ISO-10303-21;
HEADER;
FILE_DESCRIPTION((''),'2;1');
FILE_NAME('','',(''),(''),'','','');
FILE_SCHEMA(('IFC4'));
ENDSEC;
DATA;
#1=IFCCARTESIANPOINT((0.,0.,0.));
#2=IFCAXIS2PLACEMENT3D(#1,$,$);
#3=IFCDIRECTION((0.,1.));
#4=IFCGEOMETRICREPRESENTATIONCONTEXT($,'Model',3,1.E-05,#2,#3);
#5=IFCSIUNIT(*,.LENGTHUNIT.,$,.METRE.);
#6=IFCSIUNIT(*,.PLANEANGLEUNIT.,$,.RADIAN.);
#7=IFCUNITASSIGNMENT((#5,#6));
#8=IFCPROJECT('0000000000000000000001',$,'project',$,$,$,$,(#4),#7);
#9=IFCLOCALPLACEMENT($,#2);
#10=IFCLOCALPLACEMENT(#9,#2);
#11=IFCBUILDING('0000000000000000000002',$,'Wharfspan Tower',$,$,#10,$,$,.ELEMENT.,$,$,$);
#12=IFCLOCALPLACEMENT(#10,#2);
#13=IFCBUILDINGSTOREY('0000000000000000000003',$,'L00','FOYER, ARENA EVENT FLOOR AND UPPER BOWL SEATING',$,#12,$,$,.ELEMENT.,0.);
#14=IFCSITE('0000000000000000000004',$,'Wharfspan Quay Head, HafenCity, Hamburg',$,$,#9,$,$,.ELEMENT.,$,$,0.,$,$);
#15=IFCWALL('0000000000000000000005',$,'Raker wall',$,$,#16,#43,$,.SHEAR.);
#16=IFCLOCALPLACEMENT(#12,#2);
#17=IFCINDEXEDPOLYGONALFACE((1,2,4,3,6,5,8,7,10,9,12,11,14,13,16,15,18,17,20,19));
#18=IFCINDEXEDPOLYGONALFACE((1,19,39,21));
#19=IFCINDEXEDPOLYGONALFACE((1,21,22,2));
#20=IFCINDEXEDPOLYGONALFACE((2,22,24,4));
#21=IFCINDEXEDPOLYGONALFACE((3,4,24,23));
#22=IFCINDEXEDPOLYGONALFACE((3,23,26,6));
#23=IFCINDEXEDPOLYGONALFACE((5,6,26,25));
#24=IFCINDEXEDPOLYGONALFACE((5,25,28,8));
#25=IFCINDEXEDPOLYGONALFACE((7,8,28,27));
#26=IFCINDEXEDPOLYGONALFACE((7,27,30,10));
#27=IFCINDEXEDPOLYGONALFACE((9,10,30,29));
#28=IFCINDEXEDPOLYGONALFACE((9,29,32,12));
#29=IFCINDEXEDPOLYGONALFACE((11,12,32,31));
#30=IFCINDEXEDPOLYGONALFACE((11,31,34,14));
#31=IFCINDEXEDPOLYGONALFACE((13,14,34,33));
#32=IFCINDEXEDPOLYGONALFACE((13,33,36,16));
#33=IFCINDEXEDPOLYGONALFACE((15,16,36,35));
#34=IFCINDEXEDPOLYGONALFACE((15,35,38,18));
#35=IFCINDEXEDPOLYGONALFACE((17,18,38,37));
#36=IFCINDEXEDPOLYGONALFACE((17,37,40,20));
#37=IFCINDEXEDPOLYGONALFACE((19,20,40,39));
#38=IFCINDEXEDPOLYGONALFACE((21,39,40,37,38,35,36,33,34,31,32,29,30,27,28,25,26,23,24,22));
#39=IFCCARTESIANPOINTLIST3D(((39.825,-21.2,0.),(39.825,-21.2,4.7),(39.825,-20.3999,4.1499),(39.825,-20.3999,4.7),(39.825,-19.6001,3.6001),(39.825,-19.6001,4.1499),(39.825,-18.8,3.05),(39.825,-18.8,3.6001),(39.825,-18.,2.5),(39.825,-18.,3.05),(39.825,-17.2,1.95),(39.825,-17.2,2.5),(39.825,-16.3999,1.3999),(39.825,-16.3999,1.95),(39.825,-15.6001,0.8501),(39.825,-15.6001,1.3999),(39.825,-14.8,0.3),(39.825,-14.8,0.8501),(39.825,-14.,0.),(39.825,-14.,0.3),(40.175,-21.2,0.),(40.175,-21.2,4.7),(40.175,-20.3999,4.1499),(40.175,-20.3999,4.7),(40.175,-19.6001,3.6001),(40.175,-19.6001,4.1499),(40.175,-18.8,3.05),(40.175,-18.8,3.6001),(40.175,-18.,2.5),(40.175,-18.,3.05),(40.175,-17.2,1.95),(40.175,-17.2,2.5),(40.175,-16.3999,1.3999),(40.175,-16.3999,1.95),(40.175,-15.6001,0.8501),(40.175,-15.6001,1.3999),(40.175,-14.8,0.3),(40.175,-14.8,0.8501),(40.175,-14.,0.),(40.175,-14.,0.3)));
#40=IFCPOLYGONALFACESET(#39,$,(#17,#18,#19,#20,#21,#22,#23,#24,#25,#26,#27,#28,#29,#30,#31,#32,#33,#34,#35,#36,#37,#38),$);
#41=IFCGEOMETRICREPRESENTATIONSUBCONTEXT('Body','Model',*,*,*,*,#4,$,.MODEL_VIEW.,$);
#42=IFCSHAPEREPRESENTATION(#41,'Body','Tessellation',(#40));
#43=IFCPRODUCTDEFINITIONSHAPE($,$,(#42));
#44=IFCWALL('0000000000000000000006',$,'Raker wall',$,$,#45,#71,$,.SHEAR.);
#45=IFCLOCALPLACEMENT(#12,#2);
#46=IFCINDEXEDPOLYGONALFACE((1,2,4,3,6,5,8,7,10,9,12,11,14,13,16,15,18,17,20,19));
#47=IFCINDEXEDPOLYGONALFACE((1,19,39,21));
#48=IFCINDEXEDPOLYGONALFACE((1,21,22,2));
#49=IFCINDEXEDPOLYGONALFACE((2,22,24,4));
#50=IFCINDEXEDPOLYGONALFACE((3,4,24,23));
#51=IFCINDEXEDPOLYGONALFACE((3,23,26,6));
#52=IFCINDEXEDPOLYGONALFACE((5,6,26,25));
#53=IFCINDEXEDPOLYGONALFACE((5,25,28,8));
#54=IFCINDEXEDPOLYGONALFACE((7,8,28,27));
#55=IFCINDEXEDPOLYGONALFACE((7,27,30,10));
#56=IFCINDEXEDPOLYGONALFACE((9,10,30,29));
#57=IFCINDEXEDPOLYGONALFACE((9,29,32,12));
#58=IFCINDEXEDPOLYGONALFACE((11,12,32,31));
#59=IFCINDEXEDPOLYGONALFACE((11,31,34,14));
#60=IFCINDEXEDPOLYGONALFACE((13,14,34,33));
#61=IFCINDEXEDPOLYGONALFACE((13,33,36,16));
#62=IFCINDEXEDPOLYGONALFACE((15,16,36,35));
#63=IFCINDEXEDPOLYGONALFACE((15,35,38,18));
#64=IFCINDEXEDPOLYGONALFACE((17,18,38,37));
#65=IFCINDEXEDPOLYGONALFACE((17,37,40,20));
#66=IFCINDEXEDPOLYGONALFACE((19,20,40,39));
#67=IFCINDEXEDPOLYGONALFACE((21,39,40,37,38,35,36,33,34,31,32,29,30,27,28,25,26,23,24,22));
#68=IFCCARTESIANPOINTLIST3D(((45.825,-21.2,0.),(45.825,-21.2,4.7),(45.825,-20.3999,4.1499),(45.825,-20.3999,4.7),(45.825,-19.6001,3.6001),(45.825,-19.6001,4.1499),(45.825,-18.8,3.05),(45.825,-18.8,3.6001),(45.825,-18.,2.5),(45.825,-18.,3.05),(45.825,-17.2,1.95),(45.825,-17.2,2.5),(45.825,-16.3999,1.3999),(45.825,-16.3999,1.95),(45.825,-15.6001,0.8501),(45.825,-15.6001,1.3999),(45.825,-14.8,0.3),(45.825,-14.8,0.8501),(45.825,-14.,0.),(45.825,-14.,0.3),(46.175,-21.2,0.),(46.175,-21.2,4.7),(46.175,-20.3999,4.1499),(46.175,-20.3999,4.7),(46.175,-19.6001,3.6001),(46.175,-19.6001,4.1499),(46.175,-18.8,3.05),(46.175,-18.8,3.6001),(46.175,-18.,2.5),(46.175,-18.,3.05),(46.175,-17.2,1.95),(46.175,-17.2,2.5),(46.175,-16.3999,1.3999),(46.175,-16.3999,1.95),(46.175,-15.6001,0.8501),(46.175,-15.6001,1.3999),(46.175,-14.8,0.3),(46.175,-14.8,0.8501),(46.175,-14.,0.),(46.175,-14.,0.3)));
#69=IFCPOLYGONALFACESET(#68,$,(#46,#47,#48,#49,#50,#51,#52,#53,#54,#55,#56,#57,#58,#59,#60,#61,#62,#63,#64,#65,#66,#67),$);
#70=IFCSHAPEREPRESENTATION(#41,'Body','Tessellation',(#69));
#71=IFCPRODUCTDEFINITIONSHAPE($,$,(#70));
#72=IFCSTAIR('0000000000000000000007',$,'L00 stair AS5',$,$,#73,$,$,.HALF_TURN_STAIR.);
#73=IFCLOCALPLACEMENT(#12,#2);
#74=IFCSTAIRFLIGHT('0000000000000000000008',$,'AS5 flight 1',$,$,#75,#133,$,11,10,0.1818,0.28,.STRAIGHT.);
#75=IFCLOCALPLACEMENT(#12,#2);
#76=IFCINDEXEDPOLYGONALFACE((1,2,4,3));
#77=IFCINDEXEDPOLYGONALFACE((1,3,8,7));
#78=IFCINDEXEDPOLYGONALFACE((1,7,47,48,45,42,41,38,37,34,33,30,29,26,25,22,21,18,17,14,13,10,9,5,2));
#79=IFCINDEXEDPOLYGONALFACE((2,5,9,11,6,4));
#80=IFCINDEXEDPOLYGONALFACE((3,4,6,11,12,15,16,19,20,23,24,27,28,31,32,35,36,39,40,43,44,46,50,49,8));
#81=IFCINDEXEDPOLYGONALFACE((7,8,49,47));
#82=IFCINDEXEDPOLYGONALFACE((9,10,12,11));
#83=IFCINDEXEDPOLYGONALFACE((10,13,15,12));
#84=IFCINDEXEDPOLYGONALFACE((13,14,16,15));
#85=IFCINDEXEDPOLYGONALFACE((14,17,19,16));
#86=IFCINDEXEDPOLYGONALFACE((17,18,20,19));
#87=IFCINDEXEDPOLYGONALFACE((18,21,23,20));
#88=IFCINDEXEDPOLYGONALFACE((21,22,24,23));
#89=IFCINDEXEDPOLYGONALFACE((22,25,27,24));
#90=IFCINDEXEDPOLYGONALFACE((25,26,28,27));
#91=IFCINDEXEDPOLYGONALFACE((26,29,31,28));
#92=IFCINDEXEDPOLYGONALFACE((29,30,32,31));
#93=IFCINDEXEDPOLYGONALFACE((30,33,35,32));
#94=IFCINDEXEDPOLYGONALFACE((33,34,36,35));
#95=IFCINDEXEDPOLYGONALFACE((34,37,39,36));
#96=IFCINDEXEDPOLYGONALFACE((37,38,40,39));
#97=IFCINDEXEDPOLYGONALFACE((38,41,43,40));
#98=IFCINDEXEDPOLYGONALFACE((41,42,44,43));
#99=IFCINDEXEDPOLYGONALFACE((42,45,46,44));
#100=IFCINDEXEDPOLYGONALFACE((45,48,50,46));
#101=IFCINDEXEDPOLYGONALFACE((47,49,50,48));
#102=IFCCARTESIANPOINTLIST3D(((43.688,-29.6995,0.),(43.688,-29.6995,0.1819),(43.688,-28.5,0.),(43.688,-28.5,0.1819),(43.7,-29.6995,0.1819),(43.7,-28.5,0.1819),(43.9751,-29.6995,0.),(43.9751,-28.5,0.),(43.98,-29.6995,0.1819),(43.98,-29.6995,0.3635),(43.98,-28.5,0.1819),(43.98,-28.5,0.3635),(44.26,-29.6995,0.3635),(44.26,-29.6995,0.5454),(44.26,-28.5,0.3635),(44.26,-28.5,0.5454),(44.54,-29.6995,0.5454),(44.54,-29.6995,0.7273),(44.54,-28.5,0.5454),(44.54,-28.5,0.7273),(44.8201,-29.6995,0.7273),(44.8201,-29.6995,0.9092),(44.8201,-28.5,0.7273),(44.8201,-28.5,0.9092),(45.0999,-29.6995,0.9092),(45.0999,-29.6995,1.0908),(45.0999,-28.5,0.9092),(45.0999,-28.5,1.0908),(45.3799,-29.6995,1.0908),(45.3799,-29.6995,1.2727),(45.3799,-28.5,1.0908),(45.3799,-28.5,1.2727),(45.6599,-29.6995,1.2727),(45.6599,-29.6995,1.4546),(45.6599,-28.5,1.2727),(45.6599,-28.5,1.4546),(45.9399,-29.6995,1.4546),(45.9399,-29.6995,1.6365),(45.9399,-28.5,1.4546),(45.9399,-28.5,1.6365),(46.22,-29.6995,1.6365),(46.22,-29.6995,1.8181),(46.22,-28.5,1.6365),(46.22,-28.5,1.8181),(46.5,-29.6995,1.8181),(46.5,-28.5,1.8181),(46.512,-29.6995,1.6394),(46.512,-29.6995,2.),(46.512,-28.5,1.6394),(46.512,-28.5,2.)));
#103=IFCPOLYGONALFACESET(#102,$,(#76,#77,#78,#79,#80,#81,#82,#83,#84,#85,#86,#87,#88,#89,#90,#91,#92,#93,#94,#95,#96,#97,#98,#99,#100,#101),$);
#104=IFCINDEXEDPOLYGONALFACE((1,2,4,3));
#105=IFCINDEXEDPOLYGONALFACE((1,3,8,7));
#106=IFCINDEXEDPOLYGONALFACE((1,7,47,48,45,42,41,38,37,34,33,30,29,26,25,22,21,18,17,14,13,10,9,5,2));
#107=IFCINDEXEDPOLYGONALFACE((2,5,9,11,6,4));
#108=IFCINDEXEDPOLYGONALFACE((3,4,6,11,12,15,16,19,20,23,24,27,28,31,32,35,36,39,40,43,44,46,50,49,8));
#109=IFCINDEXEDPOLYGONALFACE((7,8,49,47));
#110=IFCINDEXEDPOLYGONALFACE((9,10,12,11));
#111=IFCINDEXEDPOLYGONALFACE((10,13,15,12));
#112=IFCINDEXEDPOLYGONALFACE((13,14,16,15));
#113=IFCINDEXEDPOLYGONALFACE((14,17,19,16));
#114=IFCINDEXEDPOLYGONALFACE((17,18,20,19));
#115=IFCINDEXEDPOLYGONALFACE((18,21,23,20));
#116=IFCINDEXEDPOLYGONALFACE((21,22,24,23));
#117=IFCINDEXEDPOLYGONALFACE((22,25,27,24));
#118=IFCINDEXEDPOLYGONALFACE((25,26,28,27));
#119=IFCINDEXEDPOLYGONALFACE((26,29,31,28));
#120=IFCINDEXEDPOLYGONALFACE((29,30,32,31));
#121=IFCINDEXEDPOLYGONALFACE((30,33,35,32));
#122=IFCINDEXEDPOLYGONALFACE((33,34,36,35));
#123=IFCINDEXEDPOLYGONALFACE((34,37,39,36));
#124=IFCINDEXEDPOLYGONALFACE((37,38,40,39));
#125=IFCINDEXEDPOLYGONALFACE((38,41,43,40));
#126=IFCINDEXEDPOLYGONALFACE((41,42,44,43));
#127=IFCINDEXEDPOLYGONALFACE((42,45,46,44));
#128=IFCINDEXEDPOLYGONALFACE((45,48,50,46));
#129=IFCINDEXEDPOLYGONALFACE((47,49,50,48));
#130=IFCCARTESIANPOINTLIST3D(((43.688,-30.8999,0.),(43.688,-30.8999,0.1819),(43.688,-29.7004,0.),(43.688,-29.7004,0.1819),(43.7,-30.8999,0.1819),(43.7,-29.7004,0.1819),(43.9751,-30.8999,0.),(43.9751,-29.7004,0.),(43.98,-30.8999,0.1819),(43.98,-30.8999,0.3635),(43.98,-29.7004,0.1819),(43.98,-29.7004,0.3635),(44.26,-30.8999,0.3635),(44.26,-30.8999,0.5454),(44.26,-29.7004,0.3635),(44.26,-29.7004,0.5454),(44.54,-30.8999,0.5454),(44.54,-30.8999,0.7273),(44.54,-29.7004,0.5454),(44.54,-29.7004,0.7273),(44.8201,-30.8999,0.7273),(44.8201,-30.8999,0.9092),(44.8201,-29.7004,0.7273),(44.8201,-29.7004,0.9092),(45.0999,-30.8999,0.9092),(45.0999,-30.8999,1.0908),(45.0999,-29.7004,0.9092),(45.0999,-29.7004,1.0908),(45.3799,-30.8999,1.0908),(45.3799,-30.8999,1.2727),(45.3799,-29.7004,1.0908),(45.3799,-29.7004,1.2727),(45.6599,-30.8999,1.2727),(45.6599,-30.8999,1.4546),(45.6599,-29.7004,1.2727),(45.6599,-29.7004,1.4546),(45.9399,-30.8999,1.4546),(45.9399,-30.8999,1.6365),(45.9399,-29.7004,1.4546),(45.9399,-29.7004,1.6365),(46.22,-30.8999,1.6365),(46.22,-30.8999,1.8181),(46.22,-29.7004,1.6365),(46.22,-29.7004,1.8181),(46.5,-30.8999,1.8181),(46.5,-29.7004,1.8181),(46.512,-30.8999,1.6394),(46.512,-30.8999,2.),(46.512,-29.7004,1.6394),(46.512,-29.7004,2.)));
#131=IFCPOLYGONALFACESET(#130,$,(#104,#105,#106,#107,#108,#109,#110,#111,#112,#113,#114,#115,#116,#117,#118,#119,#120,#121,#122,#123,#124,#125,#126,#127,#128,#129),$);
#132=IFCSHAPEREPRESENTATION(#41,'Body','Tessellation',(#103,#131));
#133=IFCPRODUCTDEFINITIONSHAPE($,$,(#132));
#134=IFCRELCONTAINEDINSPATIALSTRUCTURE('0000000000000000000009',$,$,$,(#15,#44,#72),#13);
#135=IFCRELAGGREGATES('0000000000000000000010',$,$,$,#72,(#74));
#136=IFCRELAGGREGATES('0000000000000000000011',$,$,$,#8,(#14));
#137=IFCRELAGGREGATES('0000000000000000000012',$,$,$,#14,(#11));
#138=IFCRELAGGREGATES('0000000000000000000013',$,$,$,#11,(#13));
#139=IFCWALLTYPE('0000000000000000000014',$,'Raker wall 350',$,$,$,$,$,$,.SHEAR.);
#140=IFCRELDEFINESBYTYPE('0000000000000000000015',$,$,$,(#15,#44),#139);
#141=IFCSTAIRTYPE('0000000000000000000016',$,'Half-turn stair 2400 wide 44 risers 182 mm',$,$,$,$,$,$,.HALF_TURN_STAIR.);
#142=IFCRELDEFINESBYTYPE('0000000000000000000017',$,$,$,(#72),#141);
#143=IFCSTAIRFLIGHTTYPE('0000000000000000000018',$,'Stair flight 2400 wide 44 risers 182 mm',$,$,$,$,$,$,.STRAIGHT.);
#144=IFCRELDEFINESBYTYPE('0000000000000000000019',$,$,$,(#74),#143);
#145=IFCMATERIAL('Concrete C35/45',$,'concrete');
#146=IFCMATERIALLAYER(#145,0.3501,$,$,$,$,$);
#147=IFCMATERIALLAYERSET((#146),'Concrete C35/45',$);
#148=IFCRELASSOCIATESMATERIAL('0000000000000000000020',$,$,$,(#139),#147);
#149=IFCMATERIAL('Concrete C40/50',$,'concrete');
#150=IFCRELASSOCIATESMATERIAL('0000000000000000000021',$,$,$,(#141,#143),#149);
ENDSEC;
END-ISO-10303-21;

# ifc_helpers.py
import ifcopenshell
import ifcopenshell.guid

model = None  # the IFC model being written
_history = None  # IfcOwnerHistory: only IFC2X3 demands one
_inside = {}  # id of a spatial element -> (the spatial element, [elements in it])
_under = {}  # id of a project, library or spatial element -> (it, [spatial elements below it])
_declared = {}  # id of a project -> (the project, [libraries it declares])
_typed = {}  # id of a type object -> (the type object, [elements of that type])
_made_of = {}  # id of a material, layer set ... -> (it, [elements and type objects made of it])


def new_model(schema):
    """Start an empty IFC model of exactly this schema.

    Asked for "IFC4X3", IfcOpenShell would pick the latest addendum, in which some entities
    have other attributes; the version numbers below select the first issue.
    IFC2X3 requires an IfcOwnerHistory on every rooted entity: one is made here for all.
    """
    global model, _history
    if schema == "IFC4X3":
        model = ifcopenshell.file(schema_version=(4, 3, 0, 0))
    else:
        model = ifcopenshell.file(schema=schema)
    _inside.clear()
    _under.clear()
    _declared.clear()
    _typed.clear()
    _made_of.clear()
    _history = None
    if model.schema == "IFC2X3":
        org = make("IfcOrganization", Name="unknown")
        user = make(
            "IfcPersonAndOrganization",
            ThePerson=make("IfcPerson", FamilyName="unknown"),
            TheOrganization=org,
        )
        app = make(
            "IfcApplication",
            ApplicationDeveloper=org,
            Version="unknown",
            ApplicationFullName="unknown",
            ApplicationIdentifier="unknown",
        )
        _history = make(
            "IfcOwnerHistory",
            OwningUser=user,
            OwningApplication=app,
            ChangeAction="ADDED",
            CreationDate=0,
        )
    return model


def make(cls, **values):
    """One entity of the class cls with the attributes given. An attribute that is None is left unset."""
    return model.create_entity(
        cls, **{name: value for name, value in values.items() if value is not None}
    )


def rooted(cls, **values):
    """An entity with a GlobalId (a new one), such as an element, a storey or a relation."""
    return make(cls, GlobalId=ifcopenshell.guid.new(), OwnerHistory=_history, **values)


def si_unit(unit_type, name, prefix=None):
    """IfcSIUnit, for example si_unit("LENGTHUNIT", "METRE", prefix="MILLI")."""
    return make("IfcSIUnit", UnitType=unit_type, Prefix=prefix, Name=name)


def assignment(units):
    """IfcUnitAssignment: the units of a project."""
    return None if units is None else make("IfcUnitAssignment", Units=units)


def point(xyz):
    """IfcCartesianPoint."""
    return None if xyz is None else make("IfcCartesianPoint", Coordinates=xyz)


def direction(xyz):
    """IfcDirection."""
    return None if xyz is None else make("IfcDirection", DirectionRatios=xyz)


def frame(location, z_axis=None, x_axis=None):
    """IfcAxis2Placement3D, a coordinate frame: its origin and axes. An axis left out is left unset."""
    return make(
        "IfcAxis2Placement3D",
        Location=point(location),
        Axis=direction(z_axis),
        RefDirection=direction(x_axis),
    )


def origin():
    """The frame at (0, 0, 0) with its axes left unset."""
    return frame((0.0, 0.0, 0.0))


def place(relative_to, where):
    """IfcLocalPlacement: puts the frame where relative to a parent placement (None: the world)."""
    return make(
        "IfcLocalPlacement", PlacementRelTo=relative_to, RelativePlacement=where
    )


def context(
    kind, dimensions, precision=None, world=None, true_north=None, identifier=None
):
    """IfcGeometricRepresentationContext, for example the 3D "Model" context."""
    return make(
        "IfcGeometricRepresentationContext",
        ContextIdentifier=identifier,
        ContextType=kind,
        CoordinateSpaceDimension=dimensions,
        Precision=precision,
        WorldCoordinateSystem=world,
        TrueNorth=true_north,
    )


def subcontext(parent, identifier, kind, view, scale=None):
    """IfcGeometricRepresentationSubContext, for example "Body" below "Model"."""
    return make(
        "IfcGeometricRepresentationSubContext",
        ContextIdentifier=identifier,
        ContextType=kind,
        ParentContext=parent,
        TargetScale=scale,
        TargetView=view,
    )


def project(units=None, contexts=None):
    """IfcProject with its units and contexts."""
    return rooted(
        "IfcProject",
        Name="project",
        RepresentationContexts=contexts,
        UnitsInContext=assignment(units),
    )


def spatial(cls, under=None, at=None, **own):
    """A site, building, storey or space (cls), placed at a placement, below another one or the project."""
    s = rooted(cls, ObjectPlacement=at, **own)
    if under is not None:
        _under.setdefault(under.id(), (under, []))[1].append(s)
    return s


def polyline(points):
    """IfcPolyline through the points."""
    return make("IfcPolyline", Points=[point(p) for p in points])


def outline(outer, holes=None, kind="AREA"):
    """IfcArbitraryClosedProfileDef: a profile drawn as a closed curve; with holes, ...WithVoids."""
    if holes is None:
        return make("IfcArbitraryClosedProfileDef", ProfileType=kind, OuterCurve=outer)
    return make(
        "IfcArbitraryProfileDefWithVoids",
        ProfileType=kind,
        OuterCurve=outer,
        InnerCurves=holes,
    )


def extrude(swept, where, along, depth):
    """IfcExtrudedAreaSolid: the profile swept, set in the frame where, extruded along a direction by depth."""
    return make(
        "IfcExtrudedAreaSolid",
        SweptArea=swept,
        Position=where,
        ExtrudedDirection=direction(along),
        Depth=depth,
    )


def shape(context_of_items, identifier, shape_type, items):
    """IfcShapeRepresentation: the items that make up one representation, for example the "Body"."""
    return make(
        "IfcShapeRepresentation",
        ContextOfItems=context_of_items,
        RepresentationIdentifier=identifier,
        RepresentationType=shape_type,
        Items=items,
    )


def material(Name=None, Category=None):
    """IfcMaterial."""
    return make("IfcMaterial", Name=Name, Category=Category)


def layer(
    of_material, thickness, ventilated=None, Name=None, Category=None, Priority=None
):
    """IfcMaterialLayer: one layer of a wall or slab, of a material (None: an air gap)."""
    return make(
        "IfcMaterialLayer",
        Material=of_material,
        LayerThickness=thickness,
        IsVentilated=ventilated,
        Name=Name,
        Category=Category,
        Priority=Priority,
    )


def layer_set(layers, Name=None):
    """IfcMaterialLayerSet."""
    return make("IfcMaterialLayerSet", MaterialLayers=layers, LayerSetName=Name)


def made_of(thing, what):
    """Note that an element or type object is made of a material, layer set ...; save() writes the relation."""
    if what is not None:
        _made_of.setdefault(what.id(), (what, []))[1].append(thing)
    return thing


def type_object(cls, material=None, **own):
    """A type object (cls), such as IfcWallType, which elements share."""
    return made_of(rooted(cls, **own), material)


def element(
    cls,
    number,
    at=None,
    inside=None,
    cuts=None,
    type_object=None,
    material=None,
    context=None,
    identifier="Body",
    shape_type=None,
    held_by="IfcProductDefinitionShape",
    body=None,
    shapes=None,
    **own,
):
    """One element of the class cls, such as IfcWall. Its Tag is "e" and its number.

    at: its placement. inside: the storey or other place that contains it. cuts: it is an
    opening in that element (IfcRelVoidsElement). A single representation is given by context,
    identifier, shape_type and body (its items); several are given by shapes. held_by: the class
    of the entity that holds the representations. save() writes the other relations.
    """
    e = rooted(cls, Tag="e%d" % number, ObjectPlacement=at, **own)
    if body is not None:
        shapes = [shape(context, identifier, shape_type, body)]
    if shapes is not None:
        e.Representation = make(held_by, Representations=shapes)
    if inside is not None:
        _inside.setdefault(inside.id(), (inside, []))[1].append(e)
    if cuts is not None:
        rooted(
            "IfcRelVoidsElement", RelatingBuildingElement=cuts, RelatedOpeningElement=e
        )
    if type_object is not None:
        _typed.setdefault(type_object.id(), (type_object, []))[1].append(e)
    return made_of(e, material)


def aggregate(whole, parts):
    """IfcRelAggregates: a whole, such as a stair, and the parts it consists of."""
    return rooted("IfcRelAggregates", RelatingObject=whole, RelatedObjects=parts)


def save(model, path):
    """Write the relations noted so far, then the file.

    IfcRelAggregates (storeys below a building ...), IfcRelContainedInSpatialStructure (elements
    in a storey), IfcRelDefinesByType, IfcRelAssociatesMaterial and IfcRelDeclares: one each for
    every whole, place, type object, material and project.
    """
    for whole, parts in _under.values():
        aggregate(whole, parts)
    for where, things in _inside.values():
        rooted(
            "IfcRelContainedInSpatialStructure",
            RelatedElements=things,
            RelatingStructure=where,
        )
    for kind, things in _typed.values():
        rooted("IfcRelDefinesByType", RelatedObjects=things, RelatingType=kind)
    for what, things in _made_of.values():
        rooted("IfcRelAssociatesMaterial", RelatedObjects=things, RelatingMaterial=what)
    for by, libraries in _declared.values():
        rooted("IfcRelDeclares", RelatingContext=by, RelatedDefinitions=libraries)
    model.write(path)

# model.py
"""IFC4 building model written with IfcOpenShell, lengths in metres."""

from ifc_helpers import new_model, si_unit, direction, frame, origin, place, context, subcontext, project, spatial, polyline, outline, extrude, material, layer, layer_set, type_object, element, aggregate, save


model = new_model("IFC4")

# Units and contexts
model_context = context("Model", 3, precision=1e-05, world=origin(), true_north=direction((0.0, 1.0)))
body_context = subcontext(model_context, "Body", "Model", "MODEL_VIEW")
ifc_project = project(units=[si_unit("LENGTHUNIT", "METRE"), si_unit("PLANEANGLEUNIT", "RADIAN")], contexts=[model_context])

# Site, building, storey
site_placement = place(None, origin())
site = spatial("IfcSite", under=ifc_project, at=site_placement, Name="Wharfspan Quay Head, HafenCity, Hamburg", CompositionType="ELEMENT", RefElevation=0.0)
building_placement = place(site_placement, origin())
building = spatial("IfcBuilding", under=site, at=building_placement, Name="Wharfspan Tower", CompositionType="ELEMENT")
storey_placement = place(building_placement, origin())
storey = spatial("IfcBuildingStorey", under=building, at=storey_placement, Name="L00", Description="FOYER, ARENA EVENT FLOOR AND UPPER BOWL SEATING", CompositionType="ELEMENT", Elevation=0.0)

# Walls
ifc_material_1 = material(Name="Concrete C40/50", Category="concrete")
ifc_material_2 = material(Name="Concrete C35/45", Category="concrete")
ifc_layer_1 = layer(ifc_material_2, 0.3501)
ifc_layer_set_1 = layer_set([ifc_layer_1], Name="Concrete C35/45")
wall_type_1 = type_object("IfcWallType", Name="Raker wall 350", PredefinedType="SHEAR", material=ifc_layer_set_1)
for number, where, z_axis, x_axis, name in (
    (1, (40.0, -14.0, 0.0), (0.0, 0.0, 1.0), (0.0, -1.0, 0.0), "Raker wall"),
    (2, (46.0, -14.0, 0.0), (0.0, 0.0, 1.0), (0.0, -1.0, 0.0), "Raker wall"),
):
    element("IfcWall", number, at=place(storey_placement, frame(where, z_axis=z_axis, x_axis=x_axis)), inside=storey, type_object=wall_type_1, Name=name, PredefinedType="SHEAR", context=body_context, shape_type="SweptSolid", body=[
        extrude(outline(polyline([(0.0, 0.0), (7.2, 0.0), (7.2, 4.7), (6.3999, 4.7), (6.3999, 4.1499), (5.6001, 4.1499), (5.6001, 3.6001), (4.8, 3.6001), (4.8, 3.05), (4.0, 3.05), (4.0, 2.5), (3.2, 2.5), (3.2, 1.95), (2.3999, 1.95), (2.3999, 1.3999), (1.6001, 1.3999), (1.6001, 0.8501), (0.8, 0.8501), (0.8, 0.3), (0.0, 0.3), (0.0, 0.0)])), frame((0.0, 0.175, 0.0), z_axis=(0.0, -1.0, 0.0), x_axis=(1.0, 0.0, 0.0)), (0.0, 0.0, 1.0), 0.3501),
    ])

# Stair, stair flight
stair_type = type_object("IfcStairType", Name="Half-turn stair 2400 wide 44 risers 182 mm", PredefinedType="HALF_TURN_STAIR", material=ifc_material_1)
stair_placement = place(storey_placement, origin())
stair = element("IfcStair", 3, at=stair_placement, inside=storey, type_object=stair_type, Name="L00 stair AS5", PredefinedType="HALF_TURN_STAIR")
stair_flight_type = type_object("IfcStairFlightType", Name="Stair flight 2400 wide 44 risers 182 mm", PredefinedType="STRAIGHT", material=ifc_material_1)
stair_flight_1_placement = place(storey_placement, frame((43.7, -29.7, 0.0), z_axis=(0.0, 0.0, 1.0), x_axis=(1.0, 0.0, 0.0)))
stair_flight_1 = element("IfcStairFlight", 4, at=stair_flight_1_placement, type_object=stair_flight_type, Name="AS5 flight 1", NumberOfRisers=11, NumberOfTreads=10, PredefinedType="STRAIGHT", RiserHeight=0.1818, TreadLength=0.28, context=body_context, shape_type="SweptSolid", body=[
    extrude(outline(polyline([(-0.012, 0.0), (-0.012, 0.1819), (0.0, 0.1819), (0.28, 0.1819), (0.28, 0.3635), (0.5601, 0.3635), (0.5601, 0.5454), (0.8401, 0.5454), (0.8401, 0.7273), (1.1201, 0.7273), (1.1201, 0.9092), (1.3999, 0.9092), (1.3999, 1.0908), (1.6799, 1.0908), (1.6799, 1.2727), (1.96, 1.2727), (1.96, 1.4546), (2.24, 1.4546), (2.24, 1.6365), (2.52, 1.6365), (2.52, 1.8181), (2.8, 1.8181), (2.812, 2.0), (2.812, 1.6394), (0.2751, 0.0), (-0.012, 0.0)])), frame((0.0, 1.2, 0.0), z_axis=(0.0, -1.0, 0.0), x_axis=(1.0, 0.0, 0.0)), (0.0, 0.0, 1.0), 1.1995),
    extrude(outline(polyline([(-0.012, 0.0), (-0.012, 0.1819), (0.0, 0.1819), (0.28, 0.1819), (0.28, 0.3635), (0.5601, 0.3635), (0.5601, 0.5454), (0.8401, 0.5454), (0.8401, 0.7273), (1.1201, 0.7273), (1.1201, 0.9092), (1.3999, 0.9092), (1.3999, 1.0908), (1.6799, 1.0908), (1.6799, 1.2727), (1.96, 1.2727), (1.96, 1.4546), (2.24, 1.4546), (2.24, 1.6365), (2.52, 1.6365), (2.52, 1.8181), (2.8, 1.8181), (2.812, 2.0), (2.812, 1.6394), (0.2751, 0.0), (-0.012, 0.0)])), frame((0.0, -0.0005, 0.0), z_axis=(0.0, -1.0, 0.0), x_axis=(1.0, 0.0, 0.0)), (0.0, 0.0, 1.0), 1.1995),
])
aggregate(stair, [stair_flight_1])

save(model, "model.ifc")
